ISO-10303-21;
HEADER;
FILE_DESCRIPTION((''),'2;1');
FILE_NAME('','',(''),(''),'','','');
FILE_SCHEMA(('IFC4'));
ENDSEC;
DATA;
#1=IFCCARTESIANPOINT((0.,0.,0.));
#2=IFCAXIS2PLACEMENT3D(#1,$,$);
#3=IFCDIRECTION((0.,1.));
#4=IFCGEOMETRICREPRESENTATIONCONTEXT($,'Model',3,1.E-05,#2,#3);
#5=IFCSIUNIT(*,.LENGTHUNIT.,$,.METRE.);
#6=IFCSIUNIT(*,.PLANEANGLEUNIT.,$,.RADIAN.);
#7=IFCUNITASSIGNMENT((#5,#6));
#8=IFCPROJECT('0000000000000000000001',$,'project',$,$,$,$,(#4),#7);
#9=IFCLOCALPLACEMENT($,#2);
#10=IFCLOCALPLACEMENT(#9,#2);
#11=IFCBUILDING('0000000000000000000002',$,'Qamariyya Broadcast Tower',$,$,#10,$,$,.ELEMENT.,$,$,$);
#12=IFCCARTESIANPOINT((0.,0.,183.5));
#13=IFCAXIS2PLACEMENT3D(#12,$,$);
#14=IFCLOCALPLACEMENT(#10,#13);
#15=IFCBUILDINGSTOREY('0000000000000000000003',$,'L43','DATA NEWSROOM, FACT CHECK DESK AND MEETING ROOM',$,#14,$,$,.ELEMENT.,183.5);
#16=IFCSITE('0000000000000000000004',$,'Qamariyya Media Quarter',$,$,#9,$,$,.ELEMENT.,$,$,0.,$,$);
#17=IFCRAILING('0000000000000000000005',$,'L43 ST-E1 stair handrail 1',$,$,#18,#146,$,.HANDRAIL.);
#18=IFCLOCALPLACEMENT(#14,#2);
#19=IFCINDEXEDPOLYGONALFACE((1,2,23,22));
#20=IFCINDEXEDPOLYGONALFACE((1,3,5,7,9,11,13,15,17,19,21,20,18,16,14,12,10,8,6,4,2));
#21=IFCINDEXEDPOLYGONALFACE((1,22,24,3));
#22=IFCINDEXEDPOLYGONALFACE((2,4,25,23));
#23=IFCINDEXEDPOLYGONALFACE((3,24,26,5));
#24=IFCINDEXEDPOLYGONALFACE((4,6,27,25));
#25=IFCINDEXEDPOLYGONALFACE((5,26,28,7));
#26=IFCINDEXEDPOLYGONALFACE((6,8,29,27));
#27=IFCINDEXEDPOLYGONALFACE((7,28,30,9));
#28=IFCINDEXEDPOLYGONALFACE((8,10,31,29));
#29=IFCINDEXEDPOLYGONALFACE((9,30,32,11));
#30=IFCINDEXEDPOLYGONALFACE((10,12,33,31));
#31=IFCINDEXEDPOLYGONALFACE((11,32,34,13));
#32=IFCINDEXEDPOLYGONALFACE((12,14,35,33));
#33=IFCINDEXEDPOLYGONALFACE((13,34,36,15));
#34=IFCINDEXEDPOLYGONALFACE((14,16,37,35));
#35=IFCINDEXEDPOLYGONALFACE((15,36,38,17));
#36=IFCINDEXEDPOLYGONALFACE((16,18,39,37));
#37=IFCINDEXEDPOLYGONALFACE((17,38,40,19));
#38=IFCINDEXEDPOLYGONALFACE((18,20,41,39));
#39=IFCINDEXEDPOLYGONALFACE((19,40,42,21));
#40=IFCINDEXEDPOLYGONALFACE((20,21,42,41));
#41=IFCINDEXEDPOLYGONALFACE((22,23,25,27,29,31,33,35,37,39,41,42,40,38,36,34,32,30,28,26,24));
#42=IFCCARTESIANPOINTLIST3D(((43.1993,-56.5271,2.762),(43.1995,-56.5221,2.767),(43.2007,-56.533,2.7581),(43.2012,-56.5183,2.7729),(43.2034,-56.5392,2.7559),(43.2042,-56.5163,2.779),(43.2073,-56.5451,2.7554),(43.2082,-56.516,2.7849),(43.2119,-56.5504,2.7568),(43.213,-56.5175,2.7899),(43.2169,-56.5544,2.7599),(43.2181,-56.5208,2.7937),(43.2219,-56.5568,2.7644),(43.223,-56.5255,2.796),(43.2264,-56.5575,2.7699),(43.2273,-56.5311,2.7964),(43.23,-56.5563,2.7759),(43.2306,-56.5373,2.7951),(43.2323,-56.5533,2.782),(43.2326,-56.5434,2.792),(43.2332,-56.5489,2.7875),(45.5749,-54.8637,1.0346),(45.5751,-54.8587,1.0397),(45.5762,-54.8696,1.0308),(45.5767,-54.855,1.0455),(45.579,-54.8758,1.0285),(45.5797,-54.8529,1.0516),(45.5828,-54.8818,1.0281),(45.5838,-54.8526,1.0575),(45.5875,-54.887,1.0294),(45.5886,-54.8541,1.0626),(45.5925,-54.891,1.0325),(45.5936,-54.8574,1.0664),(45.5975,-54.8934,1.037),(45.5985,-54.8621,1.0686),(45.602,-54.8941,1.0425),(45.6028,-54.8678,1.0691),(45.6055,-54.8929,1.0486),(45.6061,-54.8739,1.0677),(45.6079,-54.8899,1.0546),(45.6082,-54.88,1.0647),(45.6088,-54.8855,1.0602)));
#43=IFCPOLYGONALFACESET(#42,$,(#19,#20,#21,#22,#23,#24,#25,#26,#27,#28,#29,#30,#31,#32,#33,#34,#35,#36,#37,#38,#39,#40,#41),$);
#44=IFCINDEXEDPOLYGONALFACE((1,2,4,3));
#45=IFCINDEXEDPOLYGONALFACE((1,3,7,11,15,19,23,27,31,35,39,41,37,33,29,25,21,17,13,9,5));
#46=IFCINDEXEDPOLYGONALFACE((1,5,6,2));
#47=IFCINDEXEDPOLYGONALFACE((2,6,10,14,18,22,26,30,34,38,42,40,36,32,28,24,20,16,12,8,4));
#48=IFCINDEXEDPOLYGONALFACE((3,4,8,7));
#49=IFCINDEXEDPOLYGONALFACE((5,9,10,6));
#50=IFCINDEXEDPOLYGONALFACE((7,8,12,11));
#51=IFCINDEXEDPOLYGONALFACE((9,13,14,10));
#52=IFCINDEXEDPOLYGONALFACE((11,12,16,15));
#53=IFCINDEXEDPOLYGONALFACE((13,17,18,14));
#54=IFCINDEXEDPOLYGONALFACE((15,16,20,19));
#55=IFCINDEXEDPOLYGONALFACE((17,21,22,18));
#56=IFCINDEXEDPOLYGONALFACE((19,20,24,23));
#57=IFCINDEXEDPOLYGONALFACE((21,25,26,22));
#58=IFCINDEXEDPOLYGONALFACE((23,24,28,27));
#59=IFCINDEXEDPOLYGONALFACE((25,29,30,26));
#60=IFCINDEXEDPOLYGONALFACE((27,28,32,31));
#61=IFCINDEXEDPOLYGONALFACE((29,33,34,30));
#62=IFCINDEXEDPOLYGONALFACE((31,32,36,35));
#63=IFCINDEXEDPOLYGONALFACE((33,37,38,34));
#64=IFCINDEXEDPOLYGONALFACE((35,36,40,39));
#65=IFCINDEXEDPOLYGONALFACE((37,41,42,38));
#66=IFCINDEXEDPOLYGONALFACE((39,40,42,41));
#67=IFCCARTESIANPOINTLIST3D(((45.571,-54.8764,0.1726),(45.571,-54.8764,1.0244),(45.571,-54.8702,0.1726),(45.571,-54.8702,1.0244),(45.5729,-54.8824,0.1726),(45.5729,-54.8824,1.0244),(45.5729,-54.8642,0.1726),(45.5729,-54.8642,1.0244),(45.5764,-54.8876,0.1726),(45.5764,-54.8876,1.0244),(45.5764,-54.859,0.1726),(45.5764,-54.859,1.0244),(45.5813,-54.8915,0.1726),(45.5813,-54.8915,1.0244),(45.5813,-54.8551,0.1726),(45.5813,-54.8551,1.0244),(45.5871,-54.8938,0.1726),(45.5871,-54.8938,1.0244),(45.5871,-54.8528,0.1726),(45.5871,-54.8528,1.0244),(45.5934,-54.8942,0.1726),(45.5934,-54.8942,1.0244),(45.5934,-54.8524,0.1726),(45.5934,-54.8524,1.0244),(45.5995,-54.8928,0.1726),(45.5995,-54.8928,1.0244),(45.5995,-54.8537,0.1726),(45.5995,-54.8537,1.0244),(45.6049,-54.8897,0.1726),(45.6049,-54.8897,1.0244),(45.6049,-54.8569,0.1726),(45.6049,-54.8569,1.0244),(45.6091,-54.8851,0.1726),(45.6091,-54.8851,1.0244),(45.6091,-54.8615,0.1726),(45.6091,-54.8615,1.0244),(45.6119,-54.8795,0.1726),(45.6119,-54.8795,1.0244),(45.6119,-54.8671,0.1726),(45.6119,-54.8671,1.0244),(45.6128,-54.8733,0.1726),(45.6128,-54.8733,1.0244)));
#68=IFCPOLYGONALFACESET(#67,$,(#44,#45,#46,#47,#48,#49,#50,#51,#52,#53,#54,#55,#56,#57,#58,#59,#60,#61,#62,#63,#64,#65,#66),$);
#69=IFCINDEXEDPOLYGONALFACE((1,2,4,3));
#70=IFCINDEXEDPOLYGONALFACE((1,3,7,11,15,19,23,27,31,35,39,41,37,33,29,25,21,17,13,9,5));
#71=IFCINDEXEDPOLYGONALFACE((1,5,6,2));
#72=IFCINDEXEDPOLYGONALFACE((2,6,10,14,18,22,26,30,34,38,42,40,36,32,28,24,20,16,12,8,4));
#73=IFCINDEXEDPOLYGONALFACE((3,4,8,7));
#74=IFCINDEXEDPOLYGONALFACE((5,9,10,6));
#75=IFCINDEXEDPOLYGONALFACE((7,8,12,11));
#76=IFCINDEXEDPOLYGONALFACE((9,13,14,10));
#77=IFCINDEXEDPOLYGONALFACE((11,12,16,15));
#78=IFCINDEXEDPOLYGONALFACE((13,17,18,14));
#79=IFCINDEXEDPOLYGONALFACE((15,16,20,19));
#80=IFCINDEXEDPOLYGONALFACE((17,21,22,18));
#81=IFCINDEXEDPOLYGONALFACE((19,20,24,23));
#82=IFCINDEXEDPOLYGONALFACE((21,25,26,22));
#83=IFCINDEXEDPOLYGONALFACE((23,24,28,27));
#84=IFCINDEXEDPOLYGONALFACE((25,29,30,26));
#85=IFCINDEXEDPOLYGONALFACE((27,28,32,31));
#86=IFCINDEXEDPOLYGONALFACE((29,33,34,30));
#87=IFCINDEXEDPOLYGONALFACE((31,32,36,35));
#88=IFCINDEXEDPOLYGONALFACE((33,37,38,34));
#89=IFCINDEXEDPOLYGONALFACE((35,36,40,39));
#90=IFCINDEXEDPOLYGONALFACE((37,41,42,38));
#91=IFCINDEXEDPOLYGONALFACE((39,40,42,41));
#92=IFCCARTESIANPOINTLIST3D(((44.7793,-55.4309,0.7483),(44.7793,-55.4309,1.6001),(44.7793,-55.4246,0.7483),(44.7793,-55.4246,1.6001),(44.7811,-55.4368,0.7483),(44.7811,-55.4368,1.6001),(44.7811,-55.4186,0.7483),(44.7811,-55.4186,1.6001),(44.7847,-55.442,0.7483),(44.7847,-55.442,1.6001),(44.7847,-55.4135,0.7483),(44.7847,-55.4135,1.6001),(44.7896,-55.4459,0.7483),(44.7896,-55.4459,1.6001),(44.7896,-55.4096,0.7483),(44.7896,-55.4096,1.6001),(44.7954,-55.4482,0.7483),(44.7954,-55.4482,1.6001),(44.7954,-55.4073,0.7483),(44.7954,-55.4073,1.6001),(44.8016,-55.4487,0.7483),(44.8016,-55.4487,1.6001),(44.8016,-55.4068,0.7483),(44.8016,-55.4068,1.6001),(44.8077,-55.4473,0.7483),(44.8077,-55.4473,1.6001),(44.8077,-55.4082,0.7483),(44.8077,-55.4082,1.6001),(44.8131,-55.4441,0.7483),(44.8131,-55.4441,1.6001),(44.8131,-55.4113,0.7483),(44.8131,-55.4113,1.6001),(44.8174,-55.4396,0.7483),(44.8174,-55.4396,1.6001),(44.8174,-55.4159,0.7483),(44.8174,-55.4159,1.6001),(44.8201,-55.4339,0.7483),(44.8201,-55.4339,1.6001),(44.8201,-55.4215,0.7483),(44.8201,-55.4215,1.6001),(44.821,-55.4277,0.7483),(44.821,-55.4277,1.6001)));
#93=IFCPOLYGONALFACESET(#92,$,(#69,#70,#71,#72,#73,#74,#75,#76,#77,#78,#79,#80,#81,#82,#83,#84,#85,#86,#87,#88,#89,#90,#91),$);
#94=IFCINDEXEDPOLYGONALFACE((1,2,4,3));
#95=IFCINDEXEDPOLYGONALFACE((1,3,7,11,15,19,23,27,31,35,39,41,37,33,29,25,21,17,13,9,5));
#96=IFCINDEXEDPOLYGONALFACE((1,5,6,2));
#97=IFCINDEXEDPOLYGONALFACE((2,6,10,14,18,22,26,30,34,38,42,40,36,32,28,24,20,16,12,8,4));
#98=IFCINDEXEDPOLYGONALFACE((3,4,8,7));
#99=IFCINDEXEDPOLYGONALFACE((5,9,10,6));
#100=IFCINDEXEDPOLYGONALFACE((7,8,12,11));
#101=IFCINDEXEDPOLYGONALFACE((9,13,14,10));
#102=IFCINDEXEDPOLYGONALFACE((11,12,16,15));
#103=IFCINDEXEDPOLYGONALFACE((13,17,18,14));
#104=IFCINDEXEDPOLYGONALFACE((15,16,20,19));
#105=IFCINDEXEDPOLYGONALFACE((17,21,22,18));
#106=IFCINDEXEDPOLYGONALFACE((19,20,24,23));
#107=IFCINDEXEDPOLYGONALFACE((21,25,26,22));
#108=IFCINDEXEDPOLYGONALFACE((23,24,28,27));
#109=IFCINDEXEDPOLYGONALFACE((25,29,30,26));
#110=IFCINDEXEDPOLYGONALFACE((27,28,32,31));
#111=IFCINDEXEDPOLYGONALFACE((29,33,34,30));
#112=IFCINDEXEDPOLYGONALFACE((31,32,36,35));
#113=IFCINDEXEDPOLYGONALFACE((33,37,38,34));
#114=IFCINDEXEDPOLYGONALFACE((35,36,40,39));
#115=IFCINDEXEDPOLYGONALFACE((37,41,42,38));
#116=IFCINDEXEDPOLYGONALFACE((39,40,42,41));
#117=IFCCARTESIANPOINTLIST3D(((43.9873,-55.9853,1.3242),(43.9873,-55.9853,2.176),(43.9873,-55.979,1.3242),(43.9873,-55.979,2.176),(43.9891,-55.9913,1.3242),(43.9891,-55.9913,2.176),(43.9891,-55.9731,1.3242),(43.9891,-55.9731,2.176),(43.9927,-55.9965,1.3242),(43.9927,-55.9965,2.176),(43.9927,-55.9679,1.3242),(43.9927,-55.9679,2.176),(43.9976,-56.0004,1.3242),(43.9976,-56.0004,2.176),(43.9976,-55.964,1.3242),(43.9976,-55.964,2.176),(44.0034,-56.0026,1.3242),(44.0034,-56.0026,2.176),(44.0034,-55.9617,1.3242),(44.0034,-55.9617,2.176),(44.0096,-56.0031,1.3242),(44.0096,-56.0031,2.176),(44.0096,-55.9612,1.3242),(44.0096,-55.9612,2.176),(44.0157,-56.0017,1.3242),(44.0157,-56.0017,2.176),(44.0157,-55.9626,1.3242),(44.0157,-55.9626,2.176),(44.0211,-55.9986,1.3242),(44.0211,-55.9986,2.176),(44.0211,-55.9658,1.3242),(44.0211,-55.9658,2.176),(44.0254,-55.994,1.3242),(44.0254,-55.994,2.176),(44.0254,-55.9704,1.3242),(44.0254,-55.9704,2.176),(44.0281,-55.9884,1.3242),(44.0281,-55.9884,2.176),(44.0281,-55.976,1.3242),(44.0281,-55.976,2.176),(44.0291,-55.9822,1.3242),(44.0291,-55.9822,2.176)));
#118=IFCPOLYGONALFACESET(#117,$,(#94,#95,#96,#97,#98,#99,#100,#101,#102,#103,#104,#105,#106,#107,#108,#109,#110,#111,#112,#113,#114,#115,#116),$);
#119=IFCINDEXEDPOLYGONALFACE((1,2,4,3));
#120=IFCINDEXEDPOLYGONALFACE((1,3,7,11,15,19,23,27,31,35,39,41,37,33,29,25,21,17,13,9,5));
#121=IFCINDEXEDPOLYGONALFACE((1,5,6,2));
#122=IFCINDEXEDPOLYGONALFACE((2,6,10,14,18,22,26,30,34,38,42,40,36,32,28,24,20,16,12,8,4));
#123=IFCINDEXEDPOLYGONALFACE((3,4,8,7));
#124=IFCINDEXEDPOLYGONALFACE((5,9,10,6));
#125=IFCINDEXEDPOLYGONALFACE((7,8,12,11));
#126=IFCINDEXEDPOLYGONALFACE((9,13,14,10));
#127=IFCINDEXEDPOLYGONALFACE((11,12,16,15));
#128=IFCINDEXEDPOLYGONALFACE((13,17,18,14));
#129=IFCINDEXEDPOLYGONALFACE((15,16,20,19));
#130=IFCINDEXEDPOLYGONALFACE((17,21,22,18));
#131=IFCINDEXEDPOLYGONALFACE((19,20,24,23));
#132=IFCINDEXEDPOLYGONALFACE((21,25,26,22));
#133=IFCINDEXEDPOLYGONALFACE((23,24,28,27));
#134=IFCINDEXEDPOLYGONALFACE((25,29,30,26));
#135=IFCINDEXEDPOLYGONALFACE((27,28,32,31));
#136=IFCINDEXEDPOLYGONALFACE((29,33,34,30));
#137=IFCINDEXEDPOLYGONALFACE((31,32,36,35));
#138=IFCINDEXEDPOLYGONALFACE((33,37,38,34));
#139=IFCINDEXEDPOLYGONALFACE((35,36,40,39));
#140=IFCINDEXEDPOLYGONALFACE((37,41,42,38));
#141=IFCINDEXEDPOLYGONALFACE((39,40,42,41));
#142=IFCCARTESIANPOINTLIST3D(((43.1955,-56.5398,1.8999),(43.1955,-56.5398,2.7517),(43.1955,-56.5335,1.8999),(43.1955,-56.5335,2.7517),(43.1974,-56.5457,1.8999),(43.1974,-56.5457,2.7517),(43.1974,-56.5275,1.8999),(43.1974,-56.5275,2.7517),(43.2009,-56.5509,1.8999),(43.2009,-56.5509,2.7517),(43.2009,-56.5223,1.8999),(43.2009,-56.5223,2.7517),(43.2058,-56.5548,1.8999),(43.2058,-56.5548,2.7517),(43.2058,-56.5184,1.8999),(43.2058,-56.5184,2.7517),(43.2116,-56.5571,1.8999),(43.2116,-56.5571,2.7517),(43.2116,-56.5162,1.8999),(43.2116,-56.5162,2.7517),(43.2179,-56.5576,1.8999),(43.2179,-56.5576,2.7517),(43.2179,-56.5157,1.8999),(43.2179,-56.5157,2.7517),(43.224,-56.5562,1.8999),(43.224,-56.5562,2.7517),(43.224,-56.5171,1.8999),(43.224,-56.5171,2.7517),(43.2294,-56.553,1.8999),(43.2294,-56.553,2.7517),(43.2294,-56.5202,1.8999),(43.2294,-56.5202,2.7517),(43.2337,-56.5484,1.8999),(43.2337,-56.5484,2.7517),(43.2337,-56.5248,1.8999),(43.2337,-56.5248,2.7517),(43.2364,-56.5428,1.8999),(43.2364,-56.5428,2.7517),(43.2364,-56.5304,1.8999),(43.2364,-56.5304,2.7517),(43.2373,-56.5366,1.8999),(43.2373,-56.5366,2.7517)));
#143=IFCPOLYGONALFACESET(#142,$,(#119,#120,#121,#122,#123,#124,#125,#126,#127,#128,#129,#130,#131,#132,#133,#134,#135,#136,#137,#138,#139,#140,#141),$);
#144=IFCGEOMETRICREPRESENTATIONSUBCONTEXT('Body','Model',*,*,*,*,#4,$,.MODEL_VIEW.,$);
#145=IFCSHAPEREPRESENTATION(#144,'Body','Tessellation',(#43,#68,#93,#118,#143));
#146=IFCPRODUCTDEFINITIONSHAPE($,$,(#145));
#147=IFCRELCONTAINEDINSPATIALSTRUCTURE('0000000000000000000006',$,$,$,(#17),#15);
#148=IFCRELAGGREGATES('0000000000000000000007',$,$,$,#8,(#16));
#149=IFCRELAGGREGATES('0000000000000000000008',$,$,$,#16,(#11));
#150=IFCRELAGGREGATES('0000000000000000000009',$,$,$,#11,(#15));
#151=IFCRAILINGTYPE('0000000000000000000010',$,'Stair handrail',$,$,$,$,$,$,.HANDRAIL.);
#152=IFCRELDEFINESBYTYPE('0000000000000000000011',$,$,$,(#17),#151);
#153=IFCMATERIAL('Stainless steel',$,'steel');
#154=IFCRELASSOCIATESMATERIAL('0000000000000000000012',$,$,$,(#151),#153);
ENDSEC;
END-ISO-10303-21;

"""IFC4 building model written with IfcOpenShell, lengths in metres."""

from ifc_helpers import new_model, si_unit, direction, frame, origin, origin_2d, place, context, subcontext, project, spatial, circle, extrude, material, type_object, element, save


model = new_model("IFC4")

# Units and contexts
model_context = context("Model", 3, precision=1e-05, world=origin(), true_north=direction((0.0, 1.0)))
body_context = subcontext(model_context, "Body", "Model", "MODEL_VIEW")
ifc_project = project(units=[si_unit("LENGTHUNIT", "METRE"), si_unit("PLANEANGLEUNIT", "RADIAN")], contexts=[model_context])

# Site, building, storey
site_placement = place(None, origin())
site = spatial("IfcSite", under=ifc_project, at=site_placement, Name="Qamariyya Media Quarter", CompositionType="ELEMENT", RefElevation=0.0)
building_placement = place(site_placement, origin())
building = spatial("IfcBuilding", under=site, at=building_placement, Name="Qamariyya Broadcast Tower", CompositionType="ELEMENT")
storey_placement = place(building_placement, frame((0.0, 0.0, 183.5)))
storey = spatial("IfcBuildingStorey", under=building, at=storey_placement, Name="L43", Description="DATA NEWSROOM, FACT CHECK DESK AND MEETING ROOM", CompositionType="ELEMENT", Elevation=183.5)

# Railing
ifc_material_1 = material(Name="Stainless steel", Category="steel")
railing_type_1 = type_object("IfcRailingType", Name="Stair handrail", PredefinedType="HANDRAIL", material=ifc_material_1)
railing_1_placement = place(storey_placement, frame((45.5918, -54.8733, 0.1726)))
element("IfcRailing", 1, at=railing_1_placement, inside=storey, type_object=railing_type_1, Name="L43 ST-E1 stair handrail 1", PredefinedType="HANDRAIL", context=body_context, shape_type="SweptSolid", body=[
    extrude(circle(Radius=0.0239, at=origin_2d()), frame((0.0, 0.0, 0.876), z_axis=(-0.70377, -0.492784, 0.511734), x_axis=(0.573575, -0.819153, 0.0)), (0.0, 0.0, 1.0), 3.3755),
    extrude(circle(Radius=0.021, at=origin_2d()), origin(), (0.0, 0.0, 1.0), 0.8518),
    extrude(circle(Radius=0.021, at=origin_2d()), frame((-0.7917, -0.5544, 0.5757)), (0.0, 0.0, 1.0), 0.8518),
    extrude(circle(Radius=0.021, at=origin_2d()), frame((-1.5837, -1.1089, 1.1516)), (0.0, 0.0, 1.0), 0.8518),
    extrude(circle(Radius=0.021, at=origin_2d()), frame((-2.3755, -1.6633, 1.7273)), (0.0, 0.0, 1.0), 0.8518),
])

save(model, "model.ifc")
